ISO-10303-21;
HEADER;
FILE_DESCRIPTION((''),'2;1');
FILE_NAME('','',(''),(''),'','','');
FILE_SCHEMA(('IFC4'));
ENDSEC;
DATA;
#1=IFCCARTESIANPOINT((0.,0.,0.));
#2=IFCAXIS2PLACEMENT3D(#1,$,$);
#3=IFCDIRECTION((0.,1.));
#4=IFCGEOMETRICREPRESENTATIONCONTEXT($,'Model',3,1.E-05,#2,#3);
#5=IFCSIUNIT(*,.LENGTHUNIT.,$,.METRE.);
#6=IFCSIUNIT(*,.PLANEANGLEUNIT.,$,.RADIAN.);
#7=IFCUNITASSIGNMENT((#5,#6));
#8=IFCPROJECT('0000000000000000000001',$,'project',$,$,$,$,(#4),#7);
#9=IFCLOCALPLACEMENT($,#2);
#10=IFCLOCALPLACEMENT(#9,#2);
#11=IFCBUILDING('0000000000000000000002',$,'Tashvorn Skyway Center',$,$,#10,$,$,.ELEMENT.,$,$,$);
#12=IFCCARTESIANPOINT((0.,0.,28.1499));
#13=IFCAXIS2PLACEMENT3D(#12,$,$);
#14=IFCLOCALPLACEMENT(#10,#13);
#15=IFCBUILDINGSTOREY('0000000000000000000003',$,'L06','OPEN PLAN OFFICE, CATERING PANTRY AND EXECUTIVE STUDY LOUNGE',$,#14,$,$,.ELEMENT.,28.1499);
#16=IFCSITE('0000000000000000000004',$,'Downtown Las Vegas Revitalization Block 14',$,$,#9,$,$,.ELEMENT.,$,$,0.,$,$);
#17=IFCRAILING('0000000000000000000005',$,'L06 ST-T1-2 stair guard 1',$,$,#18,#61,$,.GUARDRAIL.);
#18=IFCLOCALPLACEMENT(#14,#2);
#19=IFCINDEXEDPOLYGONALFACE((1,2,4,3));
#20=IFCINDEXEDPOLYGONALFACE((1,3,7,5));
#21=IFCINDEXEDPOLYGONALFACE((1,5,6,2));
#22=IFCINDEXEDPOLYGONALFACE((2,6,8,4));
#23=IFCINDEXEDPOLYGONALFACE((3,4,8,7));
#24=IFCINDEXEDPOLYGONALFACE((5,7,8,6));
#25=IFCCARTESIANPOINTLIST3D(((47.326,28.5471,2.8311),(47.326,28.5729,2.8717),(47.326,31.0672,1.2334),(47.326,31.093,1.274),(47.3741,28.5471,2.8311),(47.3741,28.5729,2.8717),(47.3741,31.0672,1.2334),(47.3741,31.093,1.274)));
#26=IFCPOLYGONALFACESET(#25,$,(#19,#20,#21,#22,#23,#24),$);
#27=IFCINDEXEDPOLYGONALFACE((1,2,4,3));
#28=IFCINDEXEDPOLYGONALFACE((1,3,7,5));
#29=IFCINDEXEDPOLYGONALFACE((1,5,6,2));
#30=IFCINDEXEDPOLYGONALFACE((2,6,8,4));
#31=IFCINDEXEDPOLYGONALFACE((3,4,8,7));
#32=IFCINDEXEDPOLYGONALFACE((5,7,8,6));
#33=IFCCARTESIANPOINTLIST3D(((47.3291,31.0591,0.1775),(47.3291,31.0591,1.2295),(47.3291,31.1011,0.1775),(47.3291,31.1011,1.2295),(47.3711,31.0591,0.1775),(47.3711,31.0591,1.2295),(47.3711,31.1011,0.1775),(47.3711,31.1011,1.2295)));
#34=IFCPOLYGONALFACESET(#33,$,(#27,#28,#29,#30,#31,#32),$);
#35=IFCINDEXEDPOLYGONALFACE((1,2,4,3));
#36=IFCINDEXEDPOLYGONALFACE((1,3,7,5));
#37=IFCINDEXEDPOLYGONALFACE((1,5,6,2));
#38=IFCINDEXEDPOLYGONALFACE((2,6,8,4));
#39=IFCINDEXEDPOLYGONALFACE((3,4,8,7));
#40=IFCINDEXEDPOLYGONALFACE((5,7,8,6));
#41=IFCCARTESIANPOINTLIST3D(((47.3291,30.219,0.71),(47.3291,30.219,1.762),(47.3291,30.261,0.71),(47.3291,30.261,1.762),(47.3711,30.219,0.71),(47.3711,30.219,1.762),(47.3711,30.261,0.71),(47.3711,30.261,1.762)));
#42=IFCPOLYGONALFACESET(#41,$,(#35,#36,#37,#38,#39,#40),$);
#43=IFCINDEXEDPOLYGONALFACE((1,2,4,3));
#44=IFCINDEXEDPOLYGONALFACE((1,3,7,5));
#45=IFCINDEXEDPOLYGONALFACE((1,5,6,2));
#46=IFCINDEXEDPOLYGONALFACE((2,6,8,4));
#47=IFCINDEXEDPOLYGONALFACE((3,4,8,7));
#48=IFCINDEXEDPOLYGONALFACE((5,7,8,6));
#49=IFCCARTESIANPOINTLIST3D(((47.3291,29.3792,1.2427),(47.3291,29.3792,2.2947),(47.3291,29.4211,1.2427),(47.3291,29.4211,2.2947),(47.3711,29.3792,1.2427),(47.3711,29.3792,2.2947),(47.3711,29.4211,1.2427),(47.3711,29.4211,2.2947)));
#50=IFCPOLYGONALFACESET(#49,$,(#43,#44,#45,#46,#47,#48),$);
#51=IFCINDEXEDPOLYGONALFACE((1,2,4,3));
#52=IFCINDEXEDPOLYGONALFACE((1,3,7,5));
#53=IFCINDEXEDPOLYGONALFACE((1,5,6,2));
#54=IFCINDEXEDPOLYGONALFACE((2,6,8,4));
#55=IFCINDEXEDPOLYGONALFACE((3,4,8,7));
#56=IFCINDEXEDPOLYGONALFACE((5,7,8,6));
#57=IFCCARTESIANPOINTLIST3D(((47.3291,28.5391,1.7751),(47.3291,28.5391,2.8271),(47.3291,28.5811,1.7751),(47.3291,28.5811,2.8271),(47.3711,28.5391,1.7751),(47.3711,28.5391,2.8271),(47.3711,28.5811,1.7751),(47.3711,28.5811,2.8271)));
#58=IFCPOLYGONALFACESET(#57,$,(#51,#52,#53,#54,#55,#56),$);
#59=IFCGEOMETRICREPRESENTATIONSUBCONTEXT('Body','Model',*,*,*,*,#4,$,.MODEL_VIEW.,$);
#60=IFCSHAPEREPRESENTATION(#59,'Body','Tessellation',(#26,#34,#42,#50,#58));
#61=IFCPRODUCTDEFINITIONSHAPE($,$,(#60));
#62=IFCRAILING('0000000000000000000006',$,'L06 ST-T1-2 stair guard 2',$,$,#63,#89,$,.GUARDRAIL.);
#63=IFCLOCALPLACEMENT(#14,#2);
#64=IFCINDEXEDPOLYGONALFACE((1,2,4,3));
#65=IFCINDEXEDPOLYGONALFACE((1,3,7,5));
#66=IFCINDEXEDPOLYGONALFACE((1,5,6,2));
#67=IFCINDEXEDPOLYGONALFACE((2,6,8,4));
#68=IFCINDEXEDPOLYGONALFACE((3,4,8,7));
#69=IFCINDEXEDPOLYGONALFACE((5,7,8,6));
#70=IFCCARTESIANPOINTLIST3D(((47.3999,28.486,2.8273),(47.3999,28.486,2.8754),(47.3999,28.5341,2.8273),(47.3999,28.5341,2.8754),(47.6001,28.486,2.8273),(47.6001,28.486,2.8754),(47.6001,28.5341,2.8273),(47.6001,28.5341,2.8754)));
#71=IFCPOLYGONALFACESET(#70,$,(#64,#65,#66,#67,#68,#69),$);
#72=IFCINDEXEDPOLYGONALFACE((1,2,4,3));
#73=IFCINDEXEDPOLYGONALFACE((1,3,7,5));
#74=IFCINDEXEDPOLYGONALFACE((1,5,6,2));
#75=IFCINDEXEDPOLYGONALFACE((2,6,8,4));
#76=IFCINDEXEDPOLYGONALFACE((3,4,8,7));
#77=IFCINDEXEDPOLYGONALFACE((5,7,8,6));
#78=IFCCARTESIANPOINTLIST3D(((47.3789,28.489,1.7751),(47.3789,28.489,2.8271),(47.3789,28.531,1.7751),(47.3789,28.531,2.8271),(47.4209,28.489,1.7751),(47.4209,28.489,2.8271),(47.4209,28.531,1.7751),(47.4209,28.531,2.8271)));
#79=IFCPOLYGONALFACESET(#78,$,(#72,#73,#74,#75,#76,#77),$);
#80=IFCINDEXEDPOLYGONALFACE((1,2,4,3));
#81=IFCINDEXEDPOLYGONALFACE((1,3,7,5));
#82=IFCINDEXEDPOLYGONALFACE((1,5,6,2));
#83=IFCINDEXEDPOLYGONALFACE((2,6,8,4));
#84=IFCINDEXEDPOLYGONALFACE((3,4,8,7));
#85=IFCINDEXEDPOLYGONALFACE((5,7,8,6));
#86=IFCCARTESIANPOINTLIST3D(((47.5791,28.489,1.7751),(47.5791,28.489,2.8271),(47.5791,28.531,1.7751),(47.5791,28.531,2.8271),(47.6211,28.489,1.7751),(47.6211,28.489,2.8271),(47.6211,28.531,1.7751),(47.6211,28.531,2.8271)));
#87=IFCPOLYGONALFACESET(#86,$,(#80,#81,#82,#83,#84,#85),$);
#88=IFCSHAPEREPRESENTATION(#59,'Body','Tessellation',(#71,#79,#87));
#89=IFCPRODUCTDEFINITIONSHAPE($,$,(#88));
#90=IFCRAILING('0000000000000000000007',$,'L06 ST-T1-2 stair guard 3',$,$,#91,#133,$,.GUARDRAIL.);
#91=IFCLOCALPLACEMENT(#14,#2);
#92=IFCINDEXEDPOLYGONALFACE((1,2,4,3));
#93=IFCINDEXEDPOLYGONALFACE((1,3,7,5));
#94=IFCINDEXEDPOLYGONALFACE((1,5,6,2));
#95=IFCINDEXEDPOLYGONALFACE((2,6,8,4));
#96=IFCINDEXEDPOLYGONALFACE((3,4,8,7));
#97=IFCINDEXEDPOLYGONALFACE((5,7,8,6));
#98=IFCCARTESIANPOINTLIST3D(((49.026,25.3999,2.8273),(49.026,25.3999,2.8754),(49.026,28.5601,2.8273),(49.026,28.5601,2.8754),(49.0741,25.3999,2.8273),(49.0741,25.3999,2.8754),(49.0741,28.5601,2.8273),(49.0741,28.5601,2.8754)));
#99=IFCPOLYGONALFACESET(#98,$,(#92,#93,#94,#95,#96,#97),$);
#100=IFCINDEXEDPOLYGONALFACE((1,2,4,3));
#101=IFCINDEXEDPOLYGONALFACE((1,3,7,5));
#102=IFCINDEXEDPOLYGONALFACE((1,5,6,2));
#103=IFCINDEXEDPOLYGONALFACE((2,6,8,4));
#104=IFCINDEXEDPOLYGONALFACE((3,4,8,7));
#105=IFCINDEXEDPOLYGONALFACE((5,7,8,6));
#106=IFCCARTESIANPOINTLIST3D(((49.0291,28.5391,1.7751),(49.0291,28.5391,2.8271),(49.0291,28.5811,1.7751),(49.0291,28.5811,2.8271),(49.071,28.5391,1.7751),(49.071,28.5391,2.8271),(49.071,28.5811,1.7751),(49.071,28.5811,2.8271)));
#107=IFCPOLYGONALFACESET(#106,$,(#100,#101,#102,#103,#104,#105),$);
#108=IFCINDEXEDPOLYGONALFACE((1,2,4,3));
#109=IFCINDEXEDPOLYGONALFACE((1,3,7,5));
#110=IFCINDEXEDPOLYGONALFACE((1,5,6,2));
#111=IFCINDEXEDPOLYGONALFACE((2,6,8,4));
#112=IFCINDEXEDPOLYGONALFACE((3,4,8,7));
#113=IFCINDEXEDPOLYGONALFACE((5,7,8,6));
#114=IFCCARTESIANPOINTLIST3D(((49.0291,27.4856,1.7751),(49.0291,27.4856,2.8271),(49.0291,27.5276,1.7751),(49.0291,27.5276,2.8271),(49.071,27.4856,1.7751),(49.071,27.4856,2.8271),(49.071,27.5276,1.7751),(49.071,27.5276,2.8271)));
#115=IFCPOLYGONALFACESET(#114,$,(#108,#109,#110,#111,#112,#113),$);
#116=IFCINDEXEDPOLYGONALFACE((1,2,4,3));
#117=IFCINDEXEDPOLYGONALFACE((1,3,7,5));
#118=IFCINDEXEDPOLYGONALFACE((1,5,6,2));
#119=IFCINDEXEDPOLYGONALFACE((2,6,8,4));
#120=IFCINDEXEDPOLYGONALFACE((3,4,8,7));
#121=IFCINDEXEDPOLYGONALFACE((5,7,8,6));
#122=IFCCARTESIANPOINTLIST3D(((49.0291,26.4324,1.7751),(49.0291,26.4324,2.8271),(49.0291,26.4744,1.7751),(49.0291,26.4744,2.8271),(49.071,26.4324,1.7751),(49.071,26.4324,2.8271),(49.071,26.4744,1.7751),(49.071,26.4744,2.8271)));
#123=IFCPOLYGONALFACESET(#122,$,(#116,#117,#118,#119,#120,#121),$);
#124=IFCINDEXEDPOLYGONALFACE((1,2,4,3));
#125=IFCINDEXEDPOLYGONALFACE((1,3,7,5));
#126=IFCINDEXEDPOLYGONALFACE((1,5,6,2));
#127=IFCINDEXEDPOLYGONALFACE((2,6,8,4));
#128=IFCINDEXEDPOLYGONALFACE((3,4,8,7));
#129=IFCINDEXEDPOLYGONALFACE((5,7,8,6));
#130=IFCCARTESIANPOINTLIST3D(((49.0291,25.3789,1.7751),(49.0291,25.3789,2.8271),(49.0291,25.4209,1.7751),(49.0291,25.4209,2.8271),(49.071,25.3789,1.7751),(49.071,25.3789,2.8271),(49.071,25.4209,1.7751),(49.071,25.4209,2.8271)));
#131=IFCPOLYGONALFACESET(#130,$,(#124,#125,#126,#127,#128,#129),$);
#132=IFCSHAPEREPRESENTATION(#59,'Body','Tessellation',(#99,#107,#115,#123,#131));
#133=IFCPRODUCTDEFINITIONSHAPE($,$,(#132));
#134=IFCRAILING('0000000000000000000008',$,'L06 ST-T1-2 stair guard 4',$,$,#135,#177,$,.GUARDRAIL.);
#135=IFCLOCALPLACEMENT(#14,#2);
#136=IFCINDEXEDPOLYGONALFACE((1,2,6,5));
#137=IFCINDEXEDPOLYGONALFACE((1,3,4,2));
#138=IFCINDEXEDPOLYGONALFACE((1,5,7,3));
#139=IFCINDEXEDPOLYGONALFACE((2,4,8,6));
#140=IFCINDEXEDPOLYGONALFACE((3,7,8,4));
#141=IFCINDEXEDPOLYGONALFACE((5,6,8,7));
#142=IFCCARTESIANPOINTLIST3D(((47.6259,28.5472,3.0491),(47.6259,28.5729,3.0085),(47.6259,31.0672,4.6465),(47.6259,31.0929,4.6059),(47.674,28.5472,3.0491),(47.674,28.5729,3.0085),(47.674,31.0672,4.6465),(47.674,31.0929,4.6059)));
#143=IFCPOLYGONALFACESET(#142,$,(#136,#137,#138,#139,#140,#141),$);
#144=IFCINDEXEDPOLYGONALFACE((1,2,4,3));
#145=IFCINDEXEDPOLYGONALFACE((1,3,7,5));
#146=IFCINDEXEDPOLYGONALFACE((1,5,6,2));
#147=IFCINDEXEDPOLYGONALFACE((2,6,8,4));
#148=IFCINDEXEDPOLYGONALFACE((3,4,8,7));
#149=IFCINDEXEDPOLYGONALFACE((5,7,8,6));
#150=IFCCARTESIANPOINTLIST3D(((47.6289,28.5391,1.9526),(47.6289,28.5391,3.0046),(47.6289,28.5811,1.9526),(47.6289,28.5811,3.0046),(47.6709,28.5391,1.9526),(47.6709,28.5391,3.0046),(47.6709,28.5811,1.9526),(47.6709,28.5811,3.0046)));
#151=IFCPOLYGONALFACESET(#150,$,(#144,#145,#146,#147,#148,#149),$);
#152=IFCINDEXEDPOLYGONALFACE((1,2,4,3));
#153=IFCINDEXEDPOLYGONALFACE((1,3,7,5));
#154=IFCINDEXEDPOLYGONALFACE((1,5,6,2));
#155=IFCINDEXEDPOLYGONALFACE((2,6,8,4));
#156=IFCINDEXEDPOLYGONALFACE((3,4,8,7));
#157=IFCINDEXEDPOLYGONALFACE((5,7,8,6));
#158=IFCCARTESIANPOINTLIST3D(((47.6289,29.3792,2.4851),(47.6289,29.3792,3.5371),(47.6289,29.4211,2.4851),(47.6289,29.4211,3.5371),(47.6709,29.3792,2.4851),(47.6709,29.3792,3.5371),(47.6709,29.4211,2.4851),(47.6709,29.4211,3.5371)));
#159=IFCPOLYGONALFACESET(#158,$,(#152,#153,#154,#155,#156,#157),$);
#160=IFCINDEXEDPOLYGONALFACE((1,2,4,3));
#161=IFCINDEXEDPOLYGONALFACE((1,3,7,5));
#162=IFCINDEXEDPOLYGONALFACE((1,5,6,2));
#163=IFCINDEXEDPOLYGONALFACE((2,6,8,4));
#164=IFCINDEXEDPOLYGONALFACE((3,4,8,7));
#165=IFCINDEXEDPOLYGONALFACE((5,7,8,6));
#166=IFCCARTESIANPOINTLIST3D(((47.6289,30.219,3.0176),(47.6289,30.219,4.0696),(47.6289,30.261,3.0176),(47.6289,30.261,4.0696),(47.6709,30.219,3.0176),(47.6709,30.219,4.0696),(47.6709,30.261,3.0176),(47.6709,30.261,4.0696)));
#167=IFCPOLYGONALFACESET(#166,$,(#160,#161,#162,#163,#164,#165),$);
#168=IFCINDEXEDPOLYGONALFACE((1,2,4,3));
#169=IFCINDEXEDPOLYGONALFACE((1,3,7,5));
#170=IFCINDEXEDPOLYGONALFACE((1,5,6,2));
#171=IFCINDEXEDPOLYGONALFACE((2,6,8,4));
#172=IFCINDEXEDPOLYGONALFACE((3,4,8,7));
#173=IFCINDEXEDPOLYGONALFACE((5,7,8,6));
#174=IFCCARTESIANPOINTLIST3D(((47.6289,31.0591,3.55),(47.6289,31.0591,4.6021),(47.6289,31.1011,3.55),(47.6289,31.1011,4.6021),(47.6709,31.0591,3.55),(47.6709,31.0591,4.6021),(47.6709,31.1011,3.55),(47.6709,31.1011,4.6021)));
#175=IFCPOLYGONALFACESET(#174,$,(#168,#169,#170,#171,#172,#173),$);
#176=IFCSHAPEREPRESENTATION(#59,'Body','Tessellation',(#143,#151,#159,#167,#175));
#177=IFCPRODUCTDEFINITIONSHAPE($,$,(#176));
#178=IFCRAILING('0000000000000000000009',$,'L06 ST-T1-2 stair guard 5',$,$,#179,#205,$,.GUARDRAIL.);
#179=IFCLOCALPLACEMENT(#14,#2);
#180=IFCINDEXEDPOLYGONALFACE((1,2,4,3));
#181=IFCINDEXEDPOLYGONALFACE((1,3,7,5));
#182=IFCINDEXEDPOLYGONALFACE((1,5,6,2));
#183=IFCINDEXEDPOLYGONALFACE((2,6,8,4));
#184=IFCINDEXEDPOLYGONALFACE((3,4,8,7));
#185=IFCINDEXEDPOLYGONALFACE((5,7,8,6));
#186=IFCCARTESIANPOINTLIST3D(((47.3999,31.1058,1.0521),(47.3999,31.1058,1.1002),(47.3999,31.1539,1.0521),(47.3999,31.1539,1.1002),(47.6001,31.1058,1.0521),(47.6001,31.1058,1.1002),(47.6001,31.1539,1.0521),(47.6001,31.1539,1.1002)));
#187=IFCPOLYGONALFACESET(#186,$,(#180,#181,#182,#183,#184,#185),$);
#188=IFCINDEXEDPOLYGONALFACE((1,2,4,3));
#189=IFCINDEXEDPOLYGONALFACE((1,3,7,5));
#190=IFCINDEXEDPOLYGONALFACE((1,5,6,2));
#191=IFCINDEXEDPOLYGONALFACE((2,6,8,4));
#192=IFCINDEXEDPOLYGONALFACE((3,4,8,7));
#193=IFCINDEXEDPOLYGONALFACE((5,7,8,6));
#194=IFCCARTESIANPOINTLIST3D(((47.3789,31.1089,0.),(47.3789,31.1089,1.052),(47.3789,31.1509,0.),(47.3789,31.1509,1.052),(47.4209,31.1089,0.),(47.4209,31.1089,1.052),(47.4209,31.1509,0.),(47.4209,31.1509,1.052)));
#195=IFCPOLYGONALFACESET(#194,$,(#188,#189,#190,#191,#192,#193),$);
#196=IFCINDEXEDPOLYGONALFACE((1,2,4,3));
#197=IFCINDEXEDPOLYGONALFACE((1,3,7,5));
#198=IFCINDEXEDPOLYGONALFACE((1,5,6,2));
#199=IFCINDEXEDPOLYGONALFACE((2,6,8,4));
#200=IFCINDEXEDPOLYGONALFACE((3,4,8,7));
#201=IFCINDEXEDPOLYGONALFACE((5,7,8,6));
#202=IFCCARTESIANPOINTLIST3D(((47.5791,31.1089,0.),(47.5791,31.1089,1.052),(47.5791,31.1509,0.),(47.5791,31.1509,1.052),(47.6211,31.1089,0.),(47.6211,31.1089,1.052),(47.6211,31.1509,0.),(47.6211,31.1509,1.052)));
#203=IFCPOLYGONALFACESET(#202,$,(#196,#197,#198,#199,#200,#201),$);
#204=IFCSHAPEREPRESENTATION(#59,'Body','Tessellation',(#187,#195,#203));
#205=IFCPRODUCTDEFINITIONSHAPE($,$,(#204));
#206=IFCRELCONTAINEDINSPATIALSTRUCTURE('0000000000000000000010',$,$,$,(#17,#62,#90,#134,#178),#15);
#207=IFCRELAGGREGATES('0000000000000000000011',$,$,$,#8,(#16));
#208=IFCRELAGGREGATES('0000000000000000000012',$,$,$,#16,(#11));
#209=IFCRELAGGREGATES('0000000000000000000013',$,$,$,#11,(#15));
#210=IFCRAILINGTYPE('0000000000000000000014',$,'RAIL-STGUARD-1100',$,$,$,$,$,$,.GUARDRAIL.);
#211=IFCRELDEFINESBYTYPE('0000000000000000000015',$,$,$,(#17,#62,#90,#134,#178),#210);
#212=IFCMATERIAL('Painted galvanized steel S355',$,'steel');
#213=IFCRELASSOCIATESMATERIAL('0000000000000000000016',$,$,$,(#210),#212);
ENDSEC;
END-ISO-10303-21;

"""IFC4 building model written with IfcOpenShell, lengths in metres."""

from ifc_helpers import new_model, si_unit, direction, frame, origin, origin_2d, place, context, subcontext, project, spatial, rectangle, extrude, material, type_object, element, save


model = new_model("IFC4")

# Units and contexts
model_context = context("Model", 3, precision=1e-05, world=origin(), true_north=direction((0.0, 1.0)))
body_context = subcontext(model_context, "Body", "Model", "MODEL_VIEW")
ifc_project = project(units=[si_unit("LENGTHUNIT", "METRE"), si_unit("PLANEANGLEUNIT", "RADIAN")], contexts=[model_context])

# Site, building, storey
site_placement = place(None, origin())
site = spatial("IfcSite", under=ifc_project, at=site_placement, Name="Downtown Las Vegas Revitalization Block 14", CompositionType="ELEMENT", RefElevation=0.0)
building_placement = place(site_placement, origin())
building = spatial("IfcBuilding", under=site, at=building_placement, Name="Tashvorn Skyway Center", CompositionType="ELEMENT")
storey_placement = place(building_placement, frame((0.0, 0.0, 28.1499)))
storey = spatial("IfcBuildingStorey", under=building, at=storey_placement, Name="L06", Description="OPEN PLAN OFFICE, CATERING PANTRY AND EXECUTIVE STUDY LOUNGE", CompositionType="ELEMENT", Elevation=28.1499)

# Railings
ifc_material_1 = material(Name="Painted galvanized steel S355", Category="steel")
railing_type_1 = type_object("IfcRailingType", Name="RAIL-STGUARD-1100", PredefinedType="GUARDRAIL", material=ifc_material_1)
railing_1_placement = place(storey_placement, frame((47.3501, 31.0801, 0.1775)))
element("IfcRailing", 1, at=railing_1_placement, inside=storey, type_object=railing_type_1, Name="L06 ST-T1-2 stair guard 1", PredefinedType="GUARDRAIL", context=body_context, shape_type="SweptSolid", body=[
    extrude(rectangle(XDim=0.0481, YDim=0.0481, at=origin_2d()), frame((0.0, 0.0, 1.0762), z_axis=(0.0, -0.84457, 0.535445), x_axis=(1.0, 0.0, 0.0)), (0.0, 0.0, 1.0), 2.9839),
    extrude(rectangle(XDim=0.042, YDim=0.042, at=origin_2d()), origin(), (0.0, 0.0, 1.0), 1.052),
    extrude(rectangle(XDim=0.042, YDim=0.042, at=origin_2d()), frame((0.0, -0.8401, 0.5325)), (0.0, 0.0, 1.0), 1.052),
    extrude(rectangle(XDim=0.042, YDim=0.042, at=origin_2d()), frame((0.0, -1.6799, 1.0652)), (0.0, 0.0, 1.0), 1.052),
    extrude(rectangle(XDim=0.042, YDim=0.042, at=origin_2d()), frame((0.0, -2.52, 1.5977)), (0.0, 0.0, 1.0), 1.052),
])
railing_2_placement = place(storey_placement, frame((47.3999, 28.51, 1.7751)))
element("IfcRailing", 2, at=railing_2_placement, inside=storey, type_object=railing_type_1, Name="L06 ST-T1-2 stair guard 2", PredefinedType="GUARDRAIL", context=body_context, shape_type="SweptSolid", body=[
    extrude(rectangle(XDim=0.0481, YDim=0.0481, at=origin_2d()), frame((0.0, 0.0, 1.0762), z_axis=(1.0, 0.0, 0.0), x_axis=(0.0, 1.0, 0.0)), (0.0, 0.0, 1.0), 0.2002),
    extrude(rectangle(XDim=0.042, YDim=0.042, at=origin_2d()), origin(), (0.0, 0.0, 1.0), 1.052),
    extrude(rectangle(XDim=0.042, YDim=0.042, at=origin_2d()), frame((0.2002, 0.0, 0.0)), (0.0, 0.0, 1.0), 1.052),
])
railing_3_placement = place(storey_placement, frame((49.05, 28.5601, 1.7751)))
element("IfcRailing", 3, at=railing_3_placement, inside=storey, type_object=railing_type_1, Name="L06 ST-T1-2 stair guard 3", PredefinedType="GUARDRAIL", context=body_context, shape_type="SweptSolid", body=[
    extrude(rectangle(XDim=0.0481, YDim=0.0481, at=origin_2d()), frame((0.0, 0.0, 1.0762), z_axis=(0.0, -1.0, 0.0), x_axis=(1.0, 0.0, 0.0)), (0.0, 0.0, 1.0), 3.1602),
    extrude(rectangle(XDim=0.042, YDim=0.042, at=origin_2d()), origin(), (0.0, 0.0, 1.0), 1.052),
    extrude(rectangle(XDim=0.042, YDim=0.042, at=origin_2d()), frame((0.0, -1.0535, 0.0)), (0.0, 0.0, 1.0), 1.052),
    extrude(rectangle(XDim=0.042, YDim=0.042, at=origin_2d()), frame((0.0, -2.1067, 0.0)), (0.0, 0.0, 1.0), 1.052),
    extrude(rectangle(XDim=0.042, YDim=0.042, at=origin_2d()), frame((0.0, -3.1602, 0.0)), (0.0, 0.0, 1.0), 1.052),
])
railing_4_placement = place(storey_placement, frame((47.6499, 28.5601, 1.9526)))
element("IfcRailing", 4, at=railing_4_placement, inside=storey, type_object=railing_type_1, Name="L06 ST-T1-2 stair guard 4", PredefinedType="GUARDRAIL", context=body_context, shape_type="SweptSolid", body=[
    extrude(rectangle(XDim=0.0481, YDim=0.0481, at=origin_2d()), frame((0.0, 0.0, 1.0762), z_axis=(0.0, 0.844607, 0.535387), x_axis=(-1.0, 0.0, 0.0)), (0.0, 0.0, 1.0), 2.9836),
    extrude(rectangle(XDim=0.042, YDim=0.042, at=origin_2d()), origin(), (0.0, 0.0, 1.0), 1.052),
    extrude(rectangle(XDim=0.042, YDim=0.042, at=origin_2d()), frame((0.0, 0.8401, 0.5325)), (0.0, 0.0, 1.0), 1.052),
    extrude(rectangle(XDim=0.042, YDim=0.042, at=origin_2d()), frame((0.0, 1.6799, 1.0649)), (0.0, 0.0, 1.0), 1.052),
    extrude(rectangle(XDim=0.042, YDim=0.042, at=origin_2d()), frame((0.0, 2.52, 1.5974)), (0.0, 0.0, 1.0), 1.052),
])
railing_5_placement = place(storey_placement, frame((47.3999, 31.1299, 0.0)))
element("IfcRailing", 5, at=railing_5_placement, inside=storey, type_object=railing_type_1, Name="L06 ST-T1-2 stair guard 5", PredefinedType="GUARDRAIL", context=body_context, shape_type="SweptSolid", body=[
    extrude(rectangle(XDim=0.0481, YDim=0.0481, at=origin_2d()), frame((0.0, 0.0, 1.0762), z_axis=(1.0, 0.0, 0.0), x_axis=(0.0, 1.0, 0.0)), (0.0, 0.0, 1.0), 0.2002),
    extrude(rectangle(XDim=0.042, YDim=0.042, at=origin_2d()), origin(), (0.0, 0.0, 1.0), 1.052),
    extrude(rectangle(XDim=0.042, YDim=0.042, at=origin_2d()), frame((0.2002, 0.0, 0.0)), (0.0, 0.0, 1.0), 1.052),
])

save(model, "model.ifc")
